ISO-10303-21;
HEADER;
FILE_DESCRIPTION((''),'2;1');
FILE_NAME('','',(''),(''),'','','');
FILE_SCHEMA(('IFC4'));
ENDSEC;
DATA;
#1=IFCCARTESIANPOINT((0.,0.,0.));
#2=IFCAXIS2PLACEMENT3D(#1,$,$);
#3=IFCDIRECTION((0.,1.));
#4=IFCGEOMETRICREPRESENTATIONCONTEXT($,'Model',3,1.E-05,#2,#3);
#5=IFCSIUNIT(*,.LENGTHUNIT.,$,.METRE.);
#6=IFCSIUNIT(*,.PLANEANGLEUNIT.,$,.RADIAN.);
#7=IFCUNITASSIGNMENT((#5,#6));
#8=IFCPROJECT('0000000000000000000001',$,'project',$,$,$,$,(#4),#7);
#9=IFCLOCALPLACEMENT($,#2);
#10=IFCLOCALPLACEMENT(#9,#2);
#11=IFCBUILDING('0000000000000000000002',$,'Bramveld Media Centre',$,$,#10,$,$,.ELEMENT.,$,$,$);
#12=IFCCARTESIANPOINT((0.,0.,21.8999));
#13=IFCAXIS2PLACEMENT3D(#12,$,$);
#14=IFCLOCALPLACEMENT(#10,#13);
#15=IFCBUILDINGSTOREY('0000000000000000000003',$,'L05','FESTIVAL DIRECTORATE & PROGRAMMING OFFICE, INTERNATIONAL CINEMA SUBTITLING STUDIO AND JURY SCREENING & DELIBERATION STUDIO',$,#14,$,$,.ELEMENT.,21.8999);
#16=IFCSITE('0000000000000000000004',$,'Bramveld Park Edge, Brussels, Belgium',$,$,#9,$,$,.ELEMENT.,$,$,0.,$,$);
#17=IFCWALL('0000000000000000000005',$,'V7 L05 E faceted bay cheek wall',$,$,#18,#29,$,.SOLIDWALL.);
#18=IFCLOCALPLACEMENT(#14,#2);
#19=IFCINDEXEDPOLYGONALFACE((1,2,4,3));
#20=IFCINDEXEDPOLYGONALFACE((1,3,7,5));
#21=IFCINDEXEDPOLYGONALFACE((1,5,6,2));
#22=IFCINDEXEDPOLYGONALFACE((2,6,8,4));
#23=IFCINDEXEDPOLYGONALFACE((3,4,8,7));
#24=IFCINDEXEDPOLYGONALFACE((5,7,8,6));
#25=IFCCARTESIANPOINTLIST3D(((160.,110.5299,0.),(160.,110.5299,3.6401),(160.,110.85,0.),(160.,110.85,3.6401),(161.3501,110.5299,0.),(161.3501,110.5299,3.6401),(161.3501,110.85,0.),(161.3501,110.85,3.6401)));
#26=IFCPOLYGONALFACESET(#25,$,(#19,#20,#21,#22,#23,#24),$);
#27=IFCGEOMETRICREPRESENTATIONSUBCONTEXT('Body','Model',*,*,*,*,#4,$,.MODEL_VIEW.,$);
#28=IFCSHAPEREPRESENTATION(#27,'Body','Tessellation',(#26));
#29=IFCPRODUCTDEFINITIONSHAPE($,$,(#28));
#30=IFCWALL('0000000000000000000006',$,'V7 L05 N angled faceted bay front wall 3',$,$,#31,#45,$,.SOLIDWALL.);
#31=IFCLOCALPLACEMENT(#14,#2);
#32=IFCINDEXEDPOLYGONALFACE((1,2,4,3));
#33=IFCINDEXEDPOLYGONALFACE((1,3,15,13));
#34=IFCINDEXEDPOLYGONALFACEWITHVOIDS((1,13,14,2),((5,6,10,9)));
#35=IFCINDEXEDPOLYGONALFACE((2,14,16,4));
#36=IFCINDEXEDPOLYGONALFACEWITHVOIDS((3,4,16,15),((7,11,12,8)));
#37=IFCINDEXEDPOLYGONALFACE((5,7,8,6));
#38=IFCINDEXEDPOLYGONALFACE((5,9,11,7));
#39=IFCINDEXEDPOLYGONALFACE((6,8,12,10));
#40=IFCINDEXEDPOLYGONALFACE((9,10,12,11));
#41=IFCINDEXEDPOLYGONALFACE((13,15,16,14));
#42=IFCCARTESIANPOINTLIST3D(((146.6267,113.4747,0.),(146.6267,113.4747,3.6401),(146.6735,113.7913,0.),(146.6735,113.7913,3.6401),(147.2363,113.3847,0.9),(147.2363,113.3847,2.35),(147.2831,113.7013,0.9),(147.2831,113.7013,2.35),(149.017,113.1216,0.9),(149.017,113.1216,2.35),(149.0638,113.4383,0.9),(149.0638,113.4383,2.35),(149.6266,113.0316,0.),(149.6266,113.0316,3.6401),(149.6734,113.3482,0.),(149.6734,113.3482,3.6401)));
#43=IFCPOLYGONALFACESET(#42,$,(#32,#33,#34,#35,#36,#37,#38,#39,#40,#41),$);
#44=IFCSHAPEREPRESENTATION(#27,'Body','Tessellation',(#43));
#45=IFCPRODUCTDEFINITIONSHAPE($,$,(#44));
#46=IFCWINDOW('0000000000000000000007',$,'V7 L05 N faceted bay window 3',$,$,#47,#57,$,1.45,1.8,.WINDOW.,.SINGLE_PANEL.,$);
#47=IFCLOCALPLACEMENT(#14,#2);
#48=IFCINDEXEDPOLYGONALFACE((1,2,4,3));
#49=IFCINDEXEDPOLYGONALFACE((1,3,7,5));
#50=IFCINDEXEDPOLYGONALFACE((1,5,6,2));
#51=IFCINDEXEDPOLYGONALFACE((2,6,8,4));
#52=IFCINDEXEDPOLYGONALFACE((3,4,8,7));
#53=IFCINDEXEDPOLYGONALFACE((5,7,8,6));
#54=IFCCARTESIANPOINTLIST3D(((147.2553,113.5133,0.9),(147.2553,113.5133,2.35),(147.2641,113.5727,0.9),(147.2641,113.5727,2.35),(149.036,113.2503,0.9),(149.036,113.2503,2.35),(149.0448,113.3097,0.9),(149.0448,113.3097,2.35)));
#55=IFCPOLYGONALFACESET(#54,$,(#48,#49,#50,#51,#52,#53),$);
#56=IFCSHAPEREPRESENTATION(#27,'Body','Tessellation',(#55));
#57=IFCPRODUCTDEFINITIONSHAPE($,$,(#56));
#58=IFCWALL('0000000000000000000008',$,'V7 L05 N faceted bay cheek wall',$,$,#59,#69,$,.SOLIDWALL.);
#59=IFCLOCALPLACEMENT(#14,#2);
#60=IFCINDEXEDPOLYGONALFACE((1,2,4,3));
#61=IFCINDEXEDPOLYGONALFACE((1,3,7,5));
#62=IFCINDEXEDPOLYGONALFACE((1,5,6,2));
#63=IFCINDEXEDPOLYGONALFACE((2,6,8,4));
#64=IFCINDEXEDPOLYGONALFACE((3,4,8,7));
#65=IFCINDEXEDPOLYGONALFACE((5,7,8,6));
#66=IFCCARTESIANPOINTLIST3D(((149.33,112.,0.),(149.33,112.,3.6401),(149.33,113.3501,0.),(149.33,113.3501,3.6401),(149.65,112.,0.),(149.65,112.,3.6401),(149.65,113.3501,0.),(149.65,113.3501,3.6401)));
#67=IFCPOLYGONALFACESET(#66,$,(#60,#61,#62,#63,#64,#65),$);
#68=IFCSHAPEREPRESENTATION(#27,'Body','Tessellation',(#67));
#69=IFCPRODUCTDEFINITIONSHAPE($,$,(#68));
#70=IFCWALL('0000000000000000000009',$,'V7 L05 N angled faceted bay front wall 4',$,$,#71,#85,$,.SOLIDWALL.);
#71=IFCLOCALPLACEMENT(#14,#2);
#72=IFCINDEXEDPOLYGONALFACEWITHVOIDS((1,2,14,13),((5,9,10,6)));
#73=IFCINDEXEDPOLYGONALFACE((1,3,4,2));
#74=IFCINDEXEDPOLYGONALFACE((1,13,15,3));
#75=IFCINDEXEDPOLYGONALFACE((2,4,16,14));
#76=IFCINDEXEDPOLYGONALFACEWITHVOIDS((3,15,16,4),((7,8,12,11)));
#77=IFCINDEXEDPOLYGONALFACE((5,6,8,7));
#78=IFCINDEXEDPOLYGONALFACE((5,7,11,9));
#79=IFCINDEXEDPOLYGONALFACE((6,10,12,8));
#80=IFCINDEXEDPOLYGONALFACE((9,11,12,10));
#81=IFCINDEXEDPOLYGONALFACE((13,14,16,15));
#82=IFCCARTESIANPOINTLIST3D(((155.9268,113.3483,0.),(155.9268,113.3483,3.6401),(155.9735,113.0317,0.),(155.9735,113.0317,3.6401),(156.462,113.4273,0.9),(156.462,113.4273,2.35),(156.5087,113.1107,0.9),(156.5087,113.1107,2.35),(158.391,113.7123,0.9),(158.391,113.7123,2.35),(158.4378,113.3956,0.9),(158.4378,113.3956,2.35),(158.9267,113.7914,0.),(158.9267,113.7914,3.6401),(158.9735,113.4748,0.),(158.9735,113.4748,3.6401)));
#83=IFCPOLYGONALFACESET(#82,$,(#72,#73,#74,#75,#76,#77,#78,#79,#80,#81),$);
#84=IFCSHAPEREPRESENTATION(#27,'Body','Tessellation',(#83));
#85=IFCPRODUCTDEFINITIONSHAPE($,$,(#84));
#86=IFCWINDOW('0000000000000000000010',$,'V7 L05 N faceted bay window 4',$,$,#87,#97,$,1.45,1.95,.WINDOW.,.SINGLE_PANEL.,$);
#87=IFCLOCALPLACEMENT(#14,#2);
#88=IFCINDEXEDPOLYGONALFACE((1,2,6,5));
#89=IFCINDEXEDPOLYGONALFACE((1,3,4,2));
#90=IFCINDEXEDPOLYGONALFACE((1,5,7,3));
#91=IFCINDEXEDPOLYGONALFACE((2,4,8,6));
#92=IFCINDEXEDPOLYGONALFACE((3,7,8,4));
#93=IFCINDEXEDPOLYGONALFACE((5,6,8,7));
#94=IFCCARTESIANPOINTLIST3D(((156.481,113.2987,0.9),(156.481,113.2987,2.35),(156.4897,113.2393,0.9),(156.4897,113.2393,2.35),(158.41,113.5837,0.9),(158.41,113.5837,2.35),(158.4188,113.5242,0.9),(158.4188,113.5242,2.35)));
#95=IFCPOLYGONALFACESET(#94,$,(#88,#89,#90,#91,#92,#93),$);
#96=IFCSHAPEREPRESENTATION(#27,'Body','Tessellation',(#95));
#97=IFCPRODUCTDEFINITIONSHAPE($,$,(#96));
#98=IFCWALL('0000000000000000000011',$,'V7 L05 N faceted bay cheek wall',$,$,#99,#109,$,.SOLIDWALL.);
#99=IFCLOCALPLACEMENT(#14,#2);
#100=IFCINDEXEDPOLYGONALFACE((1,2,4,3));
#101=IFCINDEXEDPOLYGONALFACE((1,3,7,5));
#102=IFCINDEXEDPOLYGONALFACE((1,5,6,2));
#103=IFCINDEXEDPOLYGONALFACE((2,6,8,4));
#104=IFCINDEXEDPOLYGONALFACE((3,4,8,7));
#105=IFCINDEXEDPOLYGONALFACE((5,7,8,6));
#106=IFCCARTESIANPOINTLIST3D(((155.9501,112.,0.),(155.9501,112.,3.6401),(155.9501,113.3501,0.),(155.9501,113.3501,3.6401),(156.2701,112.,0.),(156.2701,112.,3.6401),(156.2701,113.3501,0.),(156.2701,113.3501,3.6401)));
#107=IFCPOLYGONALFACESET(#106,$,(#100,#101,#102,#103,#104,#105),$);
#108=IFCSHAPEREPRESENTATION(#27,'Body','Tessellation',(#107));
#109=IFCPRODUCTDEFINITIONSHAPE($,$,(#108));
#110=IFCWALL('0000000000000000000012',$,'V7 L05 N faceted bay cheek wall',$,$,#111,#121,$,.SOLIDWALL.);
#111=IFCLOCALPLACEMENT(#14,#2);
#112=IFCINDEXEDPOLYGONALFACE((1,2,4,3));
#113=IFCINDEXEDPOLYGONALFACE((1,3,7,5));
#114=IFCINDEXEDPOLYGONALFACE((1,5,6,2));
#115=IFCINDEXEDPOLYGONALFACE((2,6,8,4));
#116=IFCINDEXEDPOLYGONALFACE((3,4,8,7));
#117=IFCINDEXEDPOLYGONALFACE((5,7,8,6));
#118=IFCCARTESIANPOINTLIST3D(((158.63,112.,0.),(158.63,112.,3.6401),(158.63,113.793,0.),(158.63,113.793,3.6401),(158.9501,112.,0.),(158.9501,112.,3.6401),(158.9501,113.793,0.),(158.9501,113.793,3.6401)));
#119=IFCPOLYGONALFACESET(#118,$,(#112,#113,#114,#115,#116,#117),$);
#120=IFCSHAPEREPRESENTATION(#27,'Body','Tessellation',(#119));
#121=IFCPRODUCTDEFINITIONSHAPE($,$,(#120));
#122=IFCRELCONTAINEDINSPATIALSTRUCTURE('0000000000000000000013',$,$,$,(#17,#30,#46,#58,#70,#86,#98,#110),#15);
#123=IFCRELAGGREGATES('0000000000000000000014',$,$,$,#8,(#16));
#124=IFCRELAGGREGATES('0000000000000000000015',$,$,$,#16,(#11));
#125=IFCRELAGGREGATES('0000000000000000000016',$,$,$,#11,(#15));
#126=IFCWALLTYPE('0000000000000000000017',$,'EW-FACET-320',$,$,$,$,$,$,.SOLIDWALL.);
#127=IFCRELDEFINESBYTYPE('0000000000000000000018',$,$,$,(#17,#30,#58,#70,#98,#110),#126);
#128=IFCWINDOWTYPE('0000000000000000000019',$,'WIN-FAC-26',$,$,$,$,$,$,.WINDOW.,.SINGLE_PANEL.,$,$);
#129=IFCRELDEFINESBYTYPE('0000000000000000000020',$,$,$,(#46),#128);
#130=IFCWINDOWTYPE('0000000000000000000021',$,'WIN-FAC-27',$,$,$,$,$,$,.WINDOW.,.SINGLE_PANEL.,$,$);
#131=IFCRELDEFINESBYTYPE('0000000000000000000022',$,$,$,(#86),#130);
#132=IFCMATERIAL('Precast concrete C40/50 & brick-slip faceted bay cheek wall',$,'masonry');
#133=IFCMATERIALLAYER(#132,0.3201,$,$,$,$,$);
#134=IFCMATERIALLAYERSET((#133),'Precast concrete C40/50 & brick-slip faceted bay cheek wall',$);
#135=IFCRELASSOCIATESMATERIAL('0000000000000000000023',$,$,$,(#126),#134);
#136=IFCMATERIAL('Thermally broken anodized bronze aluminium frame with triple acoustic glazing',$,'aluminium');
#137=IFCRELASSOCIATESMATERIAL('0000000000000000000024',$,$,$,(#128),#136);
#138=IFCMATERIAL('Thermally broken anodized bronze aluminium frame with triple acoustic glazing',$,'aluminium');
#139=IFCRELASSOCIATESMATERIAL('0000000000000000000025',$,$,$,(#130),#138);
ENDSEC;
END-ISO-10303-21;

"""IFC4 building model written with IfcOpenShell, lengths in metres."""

from ifc_helpers import new_model, si_unit, direction, frame, frame_2d, origin, place, context, subcontext, project, spatial, rectangle, extrude, material, layer, layer_set, type_object, element, fill, save


model = new_model("IFC4")

# Units and contexts
model_context = context("Model", 3, precision=1e-05, world=origin(), true_north=direction((0.0, 1.0)))
body_context = subcontext(model_context, "Body", "Model", "MODEL_VIEW")
ifc_project = project(units=[si_unit("LENGTHUNIT", "METRE"), si_unit("PLANEANGLEUNIT", "RADIAN")], contexts=[model_context])

# Site, building, storey
site_placement = place(None, origin())
site = spatial("IfcSite", under=ifc_project, at=site_placement, Name="Bramveld Park Edge, Brussels, Belgium", CompositionType="ELEMENT", RefElevation=0.0)
building_placement = place(site_placement, origin())
building = spatial("IfcBuilding", under=site, at=building_placement, Name="Bramveld Media Centre", CompositionType="ELEMENT")
storey_placement = place(building_placement, frame((0.0, 0.0, 21.8999)))
storey = spatial("IfcBuildingStorey", under=building, at=storey_placement, Name="L05", Description="FESTIVAL DIRECTORATE & PROGRAMMING OFFICE, INTERNATIONAL CINEMA SUBTITLING STUDIO AND JURY SCREENING & DELIBERATION STUDIO", CompositionType="ELEMENT", Elevation=21.8999)

# Shared definitions
ifc_material_1 = material(Name="Precast concrete C40/50 & brick-slip faceted bay cheek wall", Category="masonry")
ifc_layer_1 = layer(ifc_material_1, 0.3201)
ifc_layer_set_1 = layer_set([ifc_layer_1], Name="Precast concrete C40/50 & brick-slip faceted bay cheek wall")
wall_type_1 = type_object("IfcWallType", Name="EW-FACET-320", PredefinedType="SOLIDWALL", material=ifc_layer_set_1)

# Wall
wall_1_placement = place(storey_placement, frame((160.0, 110.6899, 0.0), z_axis=(0.0, 0.0, 1.0), x_axis=(1.0, 0.0, 0.0)))
element("IfcWall", 1, at=wall_1_placement, inside=storey, type_object=wall_type_1, Name="V7 L05 E faceted bay cheek wall", PredefinedType="SOLIDWALL", context=body_context, shape_type="SweptSolid", body=[
    extrude(rectangle(XDim=1.3501, YDim=0.3201, at=frame_2d((0.675, 0.0))), origin(), (0.0, 0.0, 1.0), 3.6401),
])

# Wall, opening, window
wall_2_placement = place(storey_placement, frame((149.6499, 113.1899, 0.0), z_axis=(0.0, 0.0, 1.0), x_axis=(-0.989267, 0.14612, 0.0)))
wall_2 = element("IfcWall", 2, at=wall_2_placement, inside=storey, type_object=wall_type_1, Name="V7 L05 N angled faceted bay front wall 3", PredefinedType="SOLIDWALL", context=body_context, shape_type="SweptSolid", body=[
    extrude(rectangle(XDim=3.0325, YDim=0.3201, at=frame_2d((1.5161, 0.0))), origin(), (0.0, 0.0, 1.0), 3.6401),
])
opening_1_placement = place(wall_2_placement, frame((0.6162, 0.0, 0.8999)))
opening_1 = element("IfcOpeningElement", 3, at=opening_1_placement, cuts=wall_2, PredefinedType="OPENING", context=body_context, shape_type="SweptSolid", body=[
    extrude(rectangle(XDim=1.8, YDim=1.45, at=frame_2d((0.8999, 0.7251))), frame((0.0, 0.1719, 0.0), z_axis=(0.0, -1.0, 0.0), x_axis=(1.0, 0.0, 0.0)), (0.0, 0.0, 1.0), 0.344),
])
ifc_material_2 = material(Name="Thermally broken anodized bronze aluminium frame with triple acoustic glazing", Category="aluminium")
window_type_1 = type_object("IfcWindowType", Name="WIN-FAC-26", PartitioningType="SINGLE_PANEL", PredefinedType="WINDOW", material=ifc_material_2)
window_1_placement = place(opening_1_placement, origin())
window_1 = element("IfcWindow", 4, at=window_1_placement, inside=storey, type_object=window_type_1, Name="V7 L05 N faceted bay window 3", OverallHeight=1.45, OverallWidth=1.8, PartitioningType="SINGLE_PANEL", PredefinedType="WINDOW", context=body_context, shape_type="SweptSolid", body=[
    extrude(rectangle(XDim=1.8, YDim=1.45, at=frame_2d((0.8999, 0.7251))), frame((0.0, 0.03, 0.0), z_axis=(0.0, -1.0, 0.0), x_axis=(1.0, 0.0, 0.0)), (0.0, 0.0, 1.0), 0.0601),
])
fill(opening_1, window_1)

# Wall
wall_3_placement = place(storey_placement, frame((149.49, 112.0, 0.0), z_axis=(0.0, 0.0, 1.0), x_axis=(0.0, 1.0, 0.0)))
element("IfcWall", 5, at=wall_3_placement, inside=storey, type_object=wall_type_1, Name="V7 L05 N faceted bay cheek wall", PredefinedType="SOLIDWALL", context=body_context, shape_type="SweptSolid", body=[
    extrude(rectangle(XDim=1.3501, YDim=0.3201, at=frame_2d((0.675, 0.0))), origin(), (0.0, 0.0, 1.0), 3.6401),
])

# Wall, opening, window
wall_4_placement = place(storey_placement, frame((158.95, 113.6331, 0.0), z_axis=(0.0, 0.0, 1.0), x_axis=(-0.989267, -0.14612, 0.0)))
wall_4 = element("IfcWall", 6, at=wall_4_placement, inside=storey, type_object=wall_type_1, Name="V7 L05 N angled faceted bay front wall 4", PredefinedType="SOLIDWALL", context=body_context, shape_type="SweptSolid", body=[
    extrude(rectangle(XDim=3.0325, YDim=0.3201, at=frame_2d((1.5161, 0.0))), origin(), (0.0, 0.0, 1.0), 3.6401),
])
opening_2_placement = place(wall_4_placement, frame((0.5413, 0.0, 0.8999)))
opening_2 = element("IfcOpeningElement", 7, at=opening_2_placement, cuts=wall_4, PredefinedType="OPENING", context=body_context, shape_type="SweptSolid", body=[
    extrude(rectangle(XDim=1.95, YDim=1.45, at=frame_2d((0.9751, 0.7251))), frame((0.0, 0.1719, 0.0), z_axis=(0.0, -1.0, 0.0), x_axis=(1.0, 0.0, 0.0)), (0.0, 0.0, 1.0), 0.344),
])
ifc_material_3 = material(Name="Thermally broken anodized bronze aluminium frame with triple acoustic glazing", Category="aluminium")
window_type_2 = type_object("IfcWindowType", Name="WIN-FAC-27", PartitioningType="SINGLE_PANEL", PredefinedType="WINDOW", material=ifc_material_3)
window_2_placement = place(opening_2_placement, origin())
window_2 = element("IfcWindow", 8, at=window_2_placement, inside=storey, type_object=window_type_2, Name="V7 L05 N faceted bay window 4", OverallHeight=1.45, OverallWidth=1.95, PartitioningType="SINGLE_PANEL", PredefinedType="WINDOW", context=body_context, shape_type="SweptSolid", body=[
    extrude(rectangle(XDim=1.95, YDim=1.45, at=frame_2d((0.9751, 0.7251))), frame((0.0, 0.03, 0.0), z_axis=(0.0, -1.0, 0.0), x_axis=(1.0, 0.0, 0.0)), (0.0, 0.0, 1.0), 0.0601),
])
fill(opening_2, window_2)

# Walls
wall_5_placement = place(storey_placement, frame((156.1101, 112.0, 0.0), z_axis=(0.0, 0.0, 1.0), x_axis=(0.0, 1.0, 0.0)))
element("IfcWall", 9, at=wall_5_placement, inside=storey, type_object=wall_type_1, Name="V7 L05 N faceted bay cheek wall", PredefinedType="SOLIDWALL", context=body_context, shape_type="SweptSolid", body=[
    extrude(rectangle(XDim=1.3501, YDim=0.3201, at=frame_2d((0.675, 0.0))), origin(), (0.0, 0.0, 1.0), 3.6401),
])
wall_6_placement = place(storey_placement, frame((158.79, 112.0, 0.0), z_axis=(0.0, 0.0, 1.0), x_axis=(0.0, 1.0, 0.0)))
element("IfcWall", 10, at=wall_6_placement, inside=storey, type_object=wall_type_1, Name="V7 L05 N faceted bay cheek wall", PredefinedType="SOLIDWALL", context=body_context, shape_type="SweptSolid", body=[
    extrude(rectangle(XDim=1.793, YDim=0.3201, at=frame_2d((0.8965, 0.0))), origin(), (0.0, 0.0, 1.0), 3.6401),
])

save(model, "model.ifc")
